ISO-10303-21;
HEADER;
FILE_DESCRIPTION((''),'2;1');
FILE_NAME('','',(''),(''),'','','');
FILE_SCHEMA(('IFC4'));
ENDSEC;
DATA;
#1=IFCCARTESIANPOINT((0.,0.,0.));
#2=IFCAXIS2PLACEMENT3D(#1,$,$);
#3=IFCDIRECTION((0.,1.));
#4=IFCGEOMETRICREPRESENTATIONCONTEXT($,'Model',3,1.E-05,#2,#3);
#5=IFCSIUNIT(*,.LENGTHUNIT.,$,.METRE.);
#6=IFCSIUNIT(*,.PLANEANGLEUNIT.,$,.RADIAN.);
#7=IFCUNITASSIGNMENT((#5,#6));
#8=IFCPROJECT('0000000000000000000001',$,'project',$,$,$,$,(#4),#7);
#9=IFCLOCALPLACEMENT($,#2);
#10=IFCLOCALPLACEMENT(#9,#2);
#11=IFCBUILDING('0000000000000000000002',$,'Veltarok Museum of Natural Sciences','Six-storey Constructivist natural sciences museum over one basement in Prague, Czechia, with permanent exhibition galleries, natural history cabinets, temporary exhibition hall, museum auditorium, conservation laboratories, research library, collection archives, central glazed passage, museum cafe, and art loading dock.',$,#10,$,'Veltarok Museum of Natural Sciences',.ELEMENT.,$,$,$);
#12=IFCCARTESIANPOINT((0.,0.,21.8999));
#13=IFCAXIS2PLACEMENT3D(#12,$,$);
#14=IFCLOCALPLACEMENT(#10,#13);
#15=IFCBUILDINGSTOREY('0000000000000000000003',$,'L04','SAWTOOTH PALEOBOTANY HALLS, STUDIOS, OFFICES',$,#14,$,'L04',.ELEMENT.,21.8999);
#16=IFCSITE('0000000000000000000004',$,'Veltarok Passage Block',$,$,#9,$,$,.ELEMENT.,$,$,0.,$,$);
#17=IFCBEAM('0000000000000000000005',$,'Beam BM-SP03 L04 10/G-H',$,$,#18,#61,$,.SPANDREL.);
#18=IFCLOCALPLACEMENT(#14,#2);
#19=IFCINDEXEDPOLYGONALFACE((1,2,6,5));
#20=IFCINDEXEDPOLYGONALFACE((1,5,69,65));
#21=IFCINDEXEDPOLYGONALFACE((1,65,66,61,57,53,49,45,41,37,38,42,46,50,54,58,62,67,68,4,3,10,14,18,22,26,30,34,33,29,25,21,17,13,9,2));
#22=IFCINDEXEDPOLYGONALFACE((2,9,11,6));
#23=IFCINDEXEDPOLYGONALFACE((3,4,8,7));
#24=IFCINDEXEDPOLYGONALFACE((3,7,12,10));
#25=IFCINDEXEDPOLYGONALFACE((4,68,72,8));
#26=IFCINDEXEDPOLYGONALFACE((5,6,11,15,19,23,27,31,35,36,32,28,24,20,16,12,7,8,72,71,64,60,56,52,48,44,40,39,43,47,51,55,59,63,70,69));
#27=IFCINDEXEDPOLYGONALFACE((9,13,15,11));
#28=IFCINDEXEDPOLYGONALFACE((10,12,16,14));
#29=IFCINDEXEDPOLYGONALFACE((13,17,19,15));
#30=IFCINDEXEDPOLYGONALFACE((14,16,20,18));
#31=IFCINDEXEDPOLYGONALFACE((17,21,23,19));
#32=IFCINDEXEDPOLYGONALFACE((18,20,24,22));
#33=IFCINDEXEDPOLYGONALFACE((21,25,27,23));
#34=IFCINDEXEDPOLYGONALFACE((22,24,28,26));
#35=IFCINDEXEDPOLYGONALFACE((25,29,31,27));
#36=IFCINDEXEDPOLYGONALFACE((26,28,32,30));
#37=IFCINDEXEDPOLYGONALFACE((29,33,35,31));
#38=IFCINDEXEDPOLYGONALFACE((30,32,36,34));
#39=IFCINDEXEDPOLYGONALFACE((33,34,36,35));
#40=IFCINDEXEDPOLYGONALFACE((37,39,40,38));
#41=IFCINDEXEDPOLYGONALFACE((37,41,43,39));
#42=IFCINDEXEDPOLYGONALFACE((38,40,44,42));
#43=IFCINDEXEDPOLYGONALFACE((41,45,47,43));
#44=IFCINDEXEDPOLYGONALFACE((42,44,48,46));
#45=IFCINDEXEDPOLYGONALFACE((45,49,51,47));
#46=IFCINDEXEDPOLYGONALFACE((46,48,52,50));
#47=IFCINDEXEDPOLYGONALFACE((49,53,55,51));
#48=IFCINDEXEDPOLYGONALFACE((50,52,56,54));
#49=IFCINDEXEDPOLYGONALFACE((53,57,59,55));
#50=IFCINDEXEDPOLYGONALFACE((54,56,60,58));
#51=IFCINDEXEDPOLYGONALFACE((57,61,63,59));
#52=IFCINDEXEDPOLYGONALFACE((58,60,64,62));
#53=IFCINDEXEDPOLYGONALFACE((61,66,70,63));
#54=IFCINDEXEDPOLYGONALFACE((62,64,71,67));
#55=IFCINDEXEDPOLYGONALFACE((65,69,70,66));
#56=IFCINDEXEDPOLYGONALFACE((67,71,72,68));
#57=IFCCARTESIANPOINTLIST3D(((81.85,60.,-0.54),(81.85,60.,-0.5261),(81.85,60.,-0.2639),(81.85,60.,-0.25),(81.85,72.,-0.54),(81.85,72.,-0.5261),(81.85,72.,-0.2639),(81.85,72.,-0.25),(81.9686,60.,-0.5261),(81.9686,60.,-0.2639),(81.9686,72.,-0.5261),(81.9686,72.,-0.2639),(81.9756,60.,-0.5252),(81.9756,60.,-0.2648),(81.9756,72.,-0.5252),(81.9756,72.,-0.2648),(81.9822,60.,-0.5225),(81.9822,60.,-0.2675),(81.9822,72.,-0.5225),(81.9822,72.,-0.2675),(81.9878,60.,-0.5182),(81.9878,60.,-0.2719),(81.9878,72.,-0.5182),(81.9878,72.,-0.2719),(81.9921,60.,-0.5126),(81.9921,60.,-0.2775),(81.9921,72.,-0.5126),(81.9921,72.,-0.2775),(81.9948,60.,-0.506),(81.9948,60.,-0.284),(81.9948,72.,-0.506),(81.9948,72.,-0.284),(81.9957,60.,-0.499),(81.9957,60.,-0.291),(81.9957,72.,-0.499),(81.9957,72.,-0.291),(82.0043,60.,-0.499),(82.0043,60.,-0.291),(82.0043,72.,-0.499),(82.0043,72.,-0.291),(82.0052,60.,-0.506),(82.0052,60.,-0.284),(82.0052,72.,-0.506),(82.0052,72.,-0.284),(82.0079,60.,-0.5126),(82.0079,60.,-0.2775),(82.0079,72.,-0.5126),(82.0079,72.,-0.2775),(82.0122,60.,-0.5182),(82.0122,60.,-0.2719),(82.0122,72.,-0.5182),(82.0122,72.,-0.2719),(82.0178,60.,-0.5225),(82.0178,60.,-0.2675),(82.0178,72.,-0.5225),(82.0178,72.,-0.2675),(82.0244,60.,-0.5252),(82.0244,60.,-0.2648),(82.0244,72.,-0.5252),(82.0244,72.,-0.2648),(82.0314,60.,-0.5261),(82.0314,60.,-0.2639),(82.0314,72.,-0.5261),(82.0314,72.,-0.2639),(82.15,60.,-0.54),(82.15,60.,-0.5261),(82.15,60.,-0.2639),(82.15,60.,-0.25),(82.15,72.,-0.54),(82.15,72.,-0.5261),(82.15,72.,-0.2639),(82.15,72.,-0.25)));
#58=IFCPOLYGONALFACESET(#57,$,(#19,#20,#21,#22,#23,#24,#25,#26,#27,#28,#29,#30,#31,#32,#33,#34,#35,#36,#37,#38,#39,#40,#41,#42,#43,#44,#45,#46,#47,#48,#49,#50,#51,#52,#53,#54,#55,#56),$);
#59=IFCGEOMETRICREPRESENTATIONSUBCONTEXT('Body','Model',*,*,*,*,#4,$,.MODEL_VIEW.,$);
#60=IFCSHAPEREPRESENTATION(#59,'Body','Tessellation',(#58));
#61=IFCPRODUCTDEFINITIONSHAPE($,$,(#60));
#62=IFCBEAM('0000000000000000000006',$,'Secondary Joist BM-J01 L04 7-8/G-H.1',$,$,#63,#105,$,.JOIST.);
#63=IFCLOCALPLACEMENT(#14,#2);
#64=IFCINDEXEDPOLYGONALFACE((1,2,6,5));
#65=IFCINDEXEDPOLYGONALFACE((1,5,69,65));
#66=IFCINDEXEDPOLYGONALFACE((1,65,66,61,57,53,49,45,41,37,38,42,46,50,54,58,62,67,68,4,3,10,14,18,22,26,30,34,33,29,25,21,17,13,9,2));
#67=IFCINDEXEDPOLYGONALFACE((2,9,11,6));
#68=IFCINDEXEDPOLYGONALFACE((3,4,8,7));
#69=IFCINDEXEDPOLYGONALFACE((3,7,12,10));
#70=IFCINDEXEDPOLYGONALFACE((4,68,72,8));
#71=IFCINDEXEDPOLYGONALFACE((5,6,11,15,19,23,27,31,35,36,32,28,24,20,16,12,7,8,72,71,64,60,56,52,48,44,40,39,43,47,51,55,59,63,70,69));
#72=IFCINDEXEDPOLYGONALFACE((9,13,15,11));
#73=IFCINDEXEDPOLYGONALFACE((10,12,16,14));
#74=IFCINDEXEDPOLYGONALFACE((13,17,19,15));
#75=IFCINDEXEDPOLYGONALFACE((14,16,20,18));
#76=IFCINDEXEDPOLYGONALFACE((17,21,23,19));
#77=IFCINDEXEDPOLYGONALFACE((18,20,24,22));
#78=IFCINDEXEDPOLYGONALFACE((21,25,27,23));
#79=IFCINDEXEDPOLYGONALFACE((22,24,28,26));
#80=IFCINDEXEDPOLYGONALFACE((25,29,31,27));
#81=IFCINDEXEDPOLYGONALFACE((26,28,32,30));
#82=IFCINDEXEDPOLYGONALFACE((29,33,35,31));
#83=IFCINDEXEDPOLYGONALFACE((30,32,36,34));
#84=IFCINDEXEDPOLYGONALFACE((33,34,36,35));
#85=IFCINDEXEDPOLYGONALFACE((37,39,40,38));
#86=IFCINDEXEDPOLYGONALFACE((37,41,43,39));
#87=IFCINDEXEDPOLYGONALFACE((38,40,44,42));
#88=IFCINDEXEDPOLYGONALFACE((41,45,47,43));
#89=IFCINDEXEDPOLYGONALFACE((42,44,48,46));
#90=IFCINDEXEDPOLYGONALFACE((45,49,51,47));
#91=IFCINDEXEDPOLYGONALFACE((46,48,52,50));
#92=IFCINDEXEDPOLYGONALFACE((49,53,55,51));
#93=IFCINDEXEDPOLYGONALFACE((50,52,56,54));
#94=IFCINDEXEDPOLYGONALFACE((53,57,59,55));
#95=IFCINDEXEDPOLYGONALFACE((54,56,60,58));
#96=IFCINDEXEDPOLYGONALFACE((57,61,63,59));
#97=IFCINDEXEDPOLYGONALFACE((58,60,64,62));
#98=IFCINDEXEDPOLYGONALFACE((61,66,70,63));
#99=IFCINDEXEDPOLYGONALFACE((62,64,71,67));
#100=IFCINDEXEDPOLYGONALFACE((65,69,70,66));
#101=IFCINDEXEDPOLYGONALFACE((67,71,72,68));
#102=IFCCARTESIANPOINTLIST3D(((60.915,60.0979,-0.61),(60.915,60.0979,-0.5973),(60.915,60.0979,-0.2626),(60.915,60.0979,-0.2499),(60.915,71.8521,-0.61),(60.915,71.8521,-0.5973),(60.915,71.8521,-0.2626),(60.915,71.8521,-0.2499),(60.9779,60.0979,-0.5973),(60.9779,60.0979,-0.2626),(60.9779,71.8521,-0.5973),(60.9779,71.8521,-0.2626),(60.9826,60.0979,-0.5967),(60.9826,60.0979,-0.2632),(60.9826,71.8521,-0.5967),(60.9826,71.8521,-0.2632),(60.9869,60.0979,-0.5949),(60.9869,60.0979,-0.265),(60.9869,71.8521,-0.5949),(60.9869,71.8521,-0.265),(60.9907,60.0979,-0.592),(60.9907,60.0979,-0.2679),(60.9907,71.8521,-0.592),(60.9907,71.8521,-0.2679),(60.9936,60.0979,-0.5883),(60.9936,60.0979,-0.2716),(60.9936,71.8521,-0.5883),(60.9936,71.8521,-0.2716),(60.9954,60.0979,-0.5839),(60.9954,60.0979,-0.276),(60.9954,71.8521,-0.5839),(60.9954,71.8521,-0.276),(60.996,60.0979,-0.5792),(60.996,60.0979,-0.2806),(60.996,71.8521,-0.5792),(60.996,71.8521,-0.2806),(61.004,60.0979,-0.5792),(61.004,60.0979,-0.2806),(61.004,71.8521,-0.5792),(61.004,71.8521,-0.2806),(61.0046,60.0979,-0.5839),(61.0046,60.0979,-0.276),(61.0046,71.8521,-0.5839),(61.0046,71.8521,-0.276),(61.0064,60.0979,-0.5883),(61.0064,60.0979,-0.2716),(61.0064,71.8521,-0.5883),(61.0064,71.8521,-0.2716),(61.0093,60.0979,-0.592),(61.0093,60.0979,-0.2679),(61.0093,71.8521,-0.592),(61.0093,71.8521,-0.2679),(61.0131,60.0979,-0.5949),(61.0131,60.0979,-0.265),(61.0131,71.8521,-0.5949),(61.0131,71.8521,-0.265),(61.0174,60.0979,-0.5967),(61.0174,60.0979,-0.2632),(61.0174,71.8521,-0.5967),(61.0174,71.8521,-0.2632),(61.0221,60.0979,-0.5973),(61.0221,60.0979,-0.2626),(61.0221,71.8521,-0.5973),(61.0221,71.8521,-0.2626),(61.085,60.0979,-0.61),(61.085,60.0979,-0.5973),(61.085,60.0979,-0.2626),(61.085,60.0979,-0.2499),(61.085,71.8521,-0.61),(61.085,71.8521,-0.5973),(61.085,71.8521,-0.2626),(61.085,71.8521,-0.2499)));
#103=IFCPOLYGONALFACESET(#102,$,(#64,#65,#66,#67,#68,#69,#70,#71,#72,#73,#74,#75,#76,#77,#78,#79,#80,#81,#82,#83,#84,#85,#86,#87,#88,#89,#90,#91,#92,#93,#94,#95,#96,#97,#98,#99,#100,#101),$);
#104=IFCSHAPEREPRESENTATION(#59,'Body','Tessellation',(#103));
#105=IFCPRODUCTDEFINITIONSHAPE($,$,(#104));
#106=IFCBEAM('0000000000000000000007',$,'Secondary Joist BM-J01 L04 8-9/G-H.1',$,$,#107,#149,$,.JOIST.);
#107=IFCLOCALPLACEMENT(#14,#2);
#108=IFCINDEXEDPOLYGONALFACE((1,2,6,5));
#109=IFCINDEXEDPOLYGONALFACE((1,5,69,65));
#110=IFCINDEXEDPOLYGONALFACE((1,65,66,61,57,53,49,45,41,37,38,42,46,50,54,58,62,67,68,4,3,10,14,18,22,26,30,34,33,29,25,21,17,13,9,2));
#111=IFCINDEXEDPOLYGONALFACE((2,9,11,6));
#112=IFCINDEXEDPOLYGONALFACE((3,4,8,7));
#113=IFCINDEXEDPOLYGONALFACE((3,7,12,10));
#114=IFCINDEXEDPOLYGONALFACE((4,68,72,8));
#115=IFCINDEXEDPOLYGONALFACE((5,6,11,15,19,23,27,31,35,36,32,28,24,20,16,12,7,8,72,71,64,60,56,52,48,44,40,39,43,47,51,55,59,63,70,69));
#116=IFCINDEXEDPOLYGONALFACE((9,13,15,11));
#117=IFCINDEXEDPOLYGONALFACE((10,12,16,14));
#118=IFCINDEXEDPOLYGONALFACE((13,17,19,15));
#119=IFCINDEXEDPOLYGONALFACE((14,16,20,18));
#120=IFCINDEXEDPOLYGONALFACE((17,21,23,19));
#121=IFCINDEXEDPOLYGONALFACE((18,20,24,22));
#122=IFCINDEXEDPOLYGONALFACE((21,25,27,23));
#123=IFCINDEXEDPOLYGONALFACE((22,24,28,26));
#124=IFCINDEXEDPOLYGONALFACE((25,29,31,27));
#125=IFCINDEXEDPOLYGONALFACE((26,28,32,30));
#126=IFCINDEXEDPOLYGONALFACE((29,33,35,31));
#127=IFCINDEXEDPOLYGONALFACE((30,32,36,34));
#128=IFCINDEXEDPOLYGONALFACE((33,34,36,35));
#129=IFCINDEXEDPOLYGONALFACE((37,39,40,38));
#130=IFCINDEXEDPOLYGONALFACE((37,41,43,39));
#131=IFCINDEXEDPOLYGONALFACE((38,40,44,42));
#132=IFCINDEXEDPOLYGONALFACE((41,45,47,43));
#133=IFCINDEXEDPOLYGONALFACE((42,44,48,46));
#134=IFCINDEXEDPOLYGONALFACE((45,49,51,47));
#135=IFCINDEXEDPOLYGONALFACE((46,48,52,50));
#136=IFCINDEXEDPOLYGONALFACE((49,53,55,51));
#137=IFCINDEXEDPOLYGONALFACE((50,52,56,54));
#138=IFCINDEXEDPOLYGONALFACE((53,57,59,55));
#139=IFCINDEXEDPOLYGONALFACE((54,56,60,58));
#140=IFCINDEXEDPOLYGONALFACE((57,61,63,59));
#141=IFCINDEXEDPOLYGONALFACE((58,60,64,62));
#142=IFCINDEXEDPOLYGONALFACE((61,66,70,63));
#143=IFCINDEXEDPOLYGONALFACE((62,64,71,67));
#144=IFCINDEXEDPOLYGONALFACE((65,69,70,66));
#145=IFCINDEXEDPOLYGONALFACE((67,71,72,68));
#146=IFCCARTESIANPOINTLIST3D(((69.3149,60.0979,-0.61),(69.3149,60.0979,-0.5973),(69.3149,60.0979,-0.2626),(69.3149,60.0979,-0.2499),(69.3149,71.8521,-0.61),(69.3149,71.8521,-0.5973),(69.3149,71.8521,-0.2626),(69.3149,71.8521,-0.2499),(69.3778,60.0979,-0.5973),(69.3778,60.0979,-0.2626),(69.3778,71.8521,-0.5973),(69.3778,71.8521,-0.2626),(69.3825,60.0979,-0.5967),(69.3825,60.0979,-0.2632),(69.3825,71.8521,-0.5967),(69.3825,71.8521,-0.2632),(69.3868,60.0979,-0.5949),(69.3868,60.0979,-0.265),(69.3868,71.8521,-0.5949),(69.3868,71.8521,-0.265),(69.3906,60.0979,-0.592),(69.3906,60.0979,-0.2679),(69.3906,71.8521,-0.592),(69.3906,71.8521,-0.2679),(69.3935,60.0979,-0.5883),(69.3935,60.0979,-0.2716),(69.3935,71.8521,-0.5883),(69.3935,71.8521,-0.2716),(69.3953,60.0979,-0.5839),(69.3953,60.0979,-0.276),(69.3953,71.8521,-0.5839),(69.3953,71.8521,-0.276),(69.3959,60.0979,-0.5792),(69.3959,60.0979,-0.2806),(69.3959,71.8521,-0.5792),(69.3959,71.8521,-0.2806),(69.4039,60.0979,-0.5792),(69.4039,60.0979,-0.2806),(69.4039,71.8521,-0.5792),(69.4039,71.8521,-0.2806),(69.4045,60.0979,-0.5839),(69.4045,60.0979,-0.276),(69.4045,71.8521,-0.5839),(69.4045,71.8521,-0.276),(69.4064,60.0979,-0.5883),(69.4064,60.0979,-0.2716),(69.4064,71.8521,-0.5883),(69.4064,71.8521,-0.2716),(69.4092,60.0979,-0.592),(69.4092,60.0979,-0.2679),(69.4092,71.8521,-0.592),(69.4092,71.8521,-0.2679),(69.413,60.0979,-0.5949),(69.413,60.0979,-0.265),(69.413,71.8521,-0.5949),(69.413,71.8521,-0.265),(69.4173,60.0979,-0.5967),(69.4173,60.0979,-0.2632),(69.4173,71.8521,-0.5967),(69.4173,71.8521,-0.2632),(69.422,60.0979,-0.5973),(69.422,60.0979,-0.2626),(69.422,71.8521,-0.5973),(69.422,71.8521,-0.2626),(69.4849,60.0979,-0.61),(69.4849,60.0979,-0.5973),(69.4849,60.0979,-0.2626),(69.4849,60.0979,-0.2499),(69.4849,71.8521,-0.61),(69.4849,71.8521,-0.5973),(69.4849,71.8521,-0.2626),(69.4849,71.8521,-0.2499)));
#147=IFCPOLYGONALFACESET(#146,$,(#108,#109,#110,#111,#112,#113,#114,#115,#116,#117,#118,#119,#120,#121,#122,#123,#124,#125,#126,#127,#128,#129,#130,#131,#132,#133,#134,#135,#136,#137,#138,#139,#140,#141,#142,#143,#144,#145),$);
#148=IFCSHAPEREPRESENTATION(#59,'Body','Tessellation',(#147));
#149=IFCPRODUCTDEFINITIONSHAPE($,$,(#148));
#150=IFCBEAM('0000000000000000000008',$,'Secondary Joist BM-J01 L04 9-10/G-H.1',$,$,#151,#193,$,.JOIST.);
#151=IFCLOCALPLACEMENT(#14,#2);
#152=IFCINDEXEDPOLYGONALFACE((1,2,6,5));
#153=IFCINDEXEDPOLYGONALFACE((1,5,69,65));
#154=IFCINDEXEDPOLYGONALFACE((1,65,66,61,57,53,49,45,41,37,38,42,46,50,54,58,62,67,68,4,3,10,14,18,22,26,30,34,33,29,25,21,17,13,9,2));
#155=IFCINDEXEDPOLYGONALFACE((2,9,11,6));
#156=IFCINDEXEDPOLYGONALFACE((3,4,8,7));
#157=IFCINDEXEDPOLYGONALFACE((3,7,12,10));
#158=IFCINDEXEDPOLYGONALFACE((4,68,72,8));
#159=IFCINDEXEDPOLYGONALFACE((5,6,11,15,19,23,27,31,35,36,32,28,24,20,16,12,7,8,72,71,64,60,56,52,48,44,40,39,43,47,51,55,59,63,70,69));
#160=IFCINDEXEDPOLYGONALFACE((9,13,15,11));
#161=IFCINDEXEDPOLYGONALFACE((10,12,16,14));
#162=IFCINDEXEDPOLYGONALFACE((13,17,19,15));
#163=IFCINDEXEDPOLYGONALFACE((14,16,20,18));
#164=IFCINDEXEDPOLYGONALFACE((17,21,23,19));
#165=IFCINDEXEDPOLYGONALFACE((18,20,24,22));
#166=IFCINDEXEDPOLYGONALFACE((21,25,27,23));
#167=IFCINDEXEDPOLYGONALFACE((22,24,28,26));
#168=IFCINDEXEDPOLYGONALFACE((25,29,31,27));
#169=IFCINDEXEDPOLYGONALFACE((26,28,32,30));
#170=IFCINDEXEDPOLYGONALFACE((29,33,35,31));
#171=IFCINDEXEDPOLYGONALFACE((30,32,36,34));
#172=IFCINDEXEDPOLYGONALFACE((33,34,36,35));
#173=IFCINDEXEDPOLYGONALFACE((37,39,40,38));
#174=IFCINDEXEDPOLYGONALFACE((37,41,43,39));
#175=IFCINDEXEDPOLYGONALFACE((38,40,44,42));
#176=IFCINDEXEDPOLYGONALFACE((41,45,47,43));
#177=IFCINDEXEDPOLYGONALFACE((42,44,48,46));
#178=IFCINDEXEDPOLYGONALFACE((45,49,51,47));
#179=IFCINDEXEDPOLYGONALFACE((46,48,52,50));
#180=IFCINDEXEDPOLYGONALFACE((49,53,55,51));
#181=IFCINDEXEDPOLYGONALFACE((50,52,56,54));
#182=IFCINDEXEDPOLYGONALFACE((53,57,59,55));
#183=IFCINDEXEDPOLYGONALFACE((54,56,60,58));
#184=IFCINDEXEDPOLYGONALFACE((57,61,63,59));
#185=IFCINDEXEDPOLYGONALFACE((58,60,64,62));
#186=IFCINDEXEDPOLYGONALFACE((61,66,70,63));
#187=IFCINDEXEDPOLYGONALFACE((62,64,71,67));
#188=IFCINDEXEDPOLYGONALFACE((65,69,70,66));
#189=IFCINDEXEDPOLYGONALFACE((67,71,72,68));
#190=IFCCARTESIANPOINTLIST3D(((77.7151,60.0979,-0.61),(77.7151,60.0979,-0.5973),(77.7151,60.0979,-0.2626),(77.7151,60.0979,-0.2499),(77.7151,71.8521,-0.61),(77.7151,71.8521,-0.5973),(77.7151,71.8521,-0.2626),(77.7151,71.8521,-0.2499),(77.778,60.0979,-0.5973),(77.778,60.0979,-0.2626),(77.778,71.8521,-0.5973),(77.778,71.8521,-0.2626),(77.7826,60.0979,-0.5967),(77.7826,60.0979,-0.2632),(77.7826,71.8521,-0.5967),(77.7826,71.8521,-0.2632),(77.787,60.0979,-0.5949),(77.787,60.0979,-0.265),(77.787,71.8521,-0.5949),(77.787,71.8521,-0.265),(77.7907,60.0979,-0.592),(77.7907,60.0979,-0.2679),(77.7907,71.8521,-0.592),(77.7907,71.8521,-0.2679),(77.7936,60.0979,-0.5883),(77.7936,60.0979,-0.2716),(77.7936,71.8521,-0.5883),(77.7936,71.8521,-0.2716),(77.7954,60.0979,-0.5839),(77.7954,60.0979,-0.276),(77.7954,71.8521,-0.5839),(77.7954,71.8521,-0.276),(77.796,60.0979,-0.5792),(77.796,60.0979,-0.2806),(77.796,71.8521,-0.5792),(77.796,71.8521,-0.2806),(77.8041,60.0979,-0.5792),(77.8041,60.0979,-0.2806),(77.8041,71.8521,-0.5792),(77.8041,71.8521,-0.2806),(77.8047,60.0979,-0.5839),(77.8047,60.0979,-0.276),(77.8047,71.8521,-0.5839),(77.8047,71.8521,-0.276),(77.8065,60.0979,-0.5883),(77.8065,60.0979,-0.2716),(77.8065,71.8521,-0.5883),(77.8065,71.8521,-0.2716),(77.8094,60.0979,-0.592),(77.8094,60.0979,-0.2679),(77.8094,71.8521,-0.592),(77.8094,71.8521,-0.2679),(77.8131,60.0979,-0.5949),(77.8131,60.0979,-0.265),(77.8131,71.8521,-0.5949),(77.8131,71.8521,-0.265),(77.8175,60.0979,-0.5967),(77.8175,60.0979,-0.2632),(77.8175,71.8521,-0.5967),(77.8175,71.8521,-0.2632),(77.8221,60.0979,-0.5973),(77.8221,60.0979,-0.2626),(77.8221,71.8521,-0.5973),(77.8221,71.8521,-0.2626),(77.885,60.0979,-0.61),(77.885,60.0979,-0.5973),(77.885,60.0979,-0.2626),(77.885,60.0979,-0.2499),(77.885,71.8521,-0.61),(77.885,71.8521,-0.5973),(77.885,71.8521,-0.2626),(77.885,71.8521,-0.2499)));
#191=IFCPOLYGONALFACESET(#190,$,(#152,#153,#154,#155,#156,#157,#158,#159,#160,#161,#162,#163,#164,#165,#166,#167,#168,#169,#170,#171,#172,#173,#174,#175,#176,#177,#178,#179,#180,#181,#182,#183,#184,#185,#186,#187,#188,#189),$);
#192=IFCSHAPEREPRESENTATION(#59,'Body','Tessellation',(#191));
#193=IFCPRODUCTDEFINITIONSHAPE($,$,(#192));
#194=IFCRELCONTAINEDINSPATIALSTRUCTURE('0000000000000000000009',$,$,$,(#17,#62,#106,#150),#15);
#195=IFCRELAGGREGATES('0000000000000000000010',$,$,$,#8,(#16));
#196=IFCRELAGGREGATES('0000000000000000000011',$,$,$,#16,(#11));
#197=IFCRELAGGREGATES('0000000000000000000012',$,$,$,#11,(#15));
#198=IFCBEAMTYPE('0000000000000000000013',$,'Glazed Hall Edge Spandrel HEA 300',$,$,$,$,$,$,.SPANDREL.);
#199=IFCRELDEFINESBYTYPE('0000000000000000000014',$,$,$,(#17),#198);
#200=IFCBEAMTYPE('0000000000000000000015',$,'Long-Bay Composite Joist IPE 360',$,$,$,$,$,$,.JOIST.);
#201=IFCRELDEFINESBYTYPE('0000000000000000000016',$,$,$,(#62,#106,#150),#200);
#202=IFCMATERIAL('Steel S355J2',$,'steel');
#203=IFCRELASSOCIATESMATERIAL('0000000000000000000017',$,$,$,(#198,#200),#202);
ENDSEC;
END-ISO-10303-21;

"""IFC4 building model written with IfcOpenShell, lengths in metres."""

from ifc_helpers import new_model, si_unit, direction, frame, origin, origin_2d, place, context, subcontext, project, spatial, i_section, extrude, material, material_profile, profile_set, type_object, element, save


model = new_model("IFC4")

# Units and contexts
model_context = context("Model", 3, precision=1e-05, world=origin(), true_north=direction((0.0, 1.0)))
body_context = subcontext(model_context, "Body", "Model", "MODEL_VIEW")
ifc_project = project(units=[si_unit("LENGTHUNIT", "METRE"), si_unit("PLANEANGLEUNIT", "RADIAN")], contexts=[model_context])

# Site, building, storey
site_placement = place(None, origin())
site = spatial("IfcSite", under=ifc_project, at=site_placement, Name="Veltarok Passage Block", CompositionType="ELEMENT", RefElevation=0.0)
building_placement = place(site_placement, origin())
building = spatial("IfcBuilding", under=site, at=building_placement, Name="Veltarok Museum of Natural Sciences", Description="Six-storey Constructivist natural sciences museum over one basement in Prague, Czechia, with permanent exhibition galleries, natural history cabinets, temporary exhibition hall, museum auditorium, conservation laboratories, research library, collection archives, central glazed passage, museum cafe, and art loading dock.", LongName="Veltarok Museum of Natural Sciences", CompositionType="ELEMENT")
storey_placement = place(building_placement, frame((0.0, 0.0, 21.8999)))
storey = spatial("IfcBuildingStorey", under=building, at=storey_placement, Name="L04", Description="SAWTOOTH PALEOBOTANY HALLS, STUDIOS, OFFICES", LongName="L04", CompositionType="ELEMENT", Elevation=21.8999)

# Shared definitions
ifc_material_1 = material(Name="Steel S355J2", Category="steel")

# Beams
ifc_material_profile_1 = material_profile(ifc_material_1, i_section(OverallWidth=0.3, OverallDepth=0.29, WebThickness=0.0085, FlangeThickness=0.0139, FilletRadius=0.0271, at=origin_2d()), Name="HEA 300")
ifc_profile_set_1 = profile_set([ifc_material_profile_1], Name="Steel S355J2")
beam_type_1 = type_object("IfcBeamType", Name="Glazed Hall Edge Spandrel HEA 300", PredefinedType="SPANDREL", material=ifc_profile_set_1)
for number, where, z_axis, x_axis, name in (
    (1, (82.0, 60.0, -0.395), (0.0, 1.0, 0.0), (-1.0, 0.0, 0.0), "Beam BM-SP03 L04 10/G-H"),
):
    element("IfcBeam", number, at=place(storey_placement, frame(where, z_axis=z_axis, x_axis=x_axis)), inside=storey, type_object=beam_type_1, Name=name, PredefinedType="SPANDREL", context=body_context, shape_type="SweptSolid", body=[
        extrude(i_section(OverallWidth=0.3, OverallDepth=0.29, WebThickness=0.0085, FlangeThickness=0.0139, FilletRadius=0.0271, at=origin_2d()), origin(), (0.0, 0.0, 1.0), 12.0),
    ])
ifc_material_profile_2 = material_profile(ifc_material_1, i_section(OverallWidth=0.1699, OverallDepth=0.3601, WebThickness=0.0081, FlangeThickness=0.0127, FilletRadius=0.0181, at=origin_2d()), Name="IPE 360")
ifc_profile_set_2 = profile_set([ifc_material_profile_2], Name="Steel S355J2")
beam_type_2 = type_object("IfcBeamType", Name="Long-Bay Composite Joist IPE 360", PredefinedType="JOIST", material=ifc_profile_set_2)
for number, where, z_axis, x_axis, name in (
    (2, (61.0, 60.0979, -0.4299), (0.0, 1.0, 0.0), (-1.0, 0.0, 0.0), "Secondary Joist BM-J01 L04 7-8/G-H.1"),
    (3, (69.3999, 60.0979, -0.4299), (0.0, 1.0, 0.0), (-1.0, 0.0, 0.0), "Secondary Joist BM-J01 L04 8-9/G-H.1"),
    (4, (77.8, 60.0979, -0.4299), (0.0, 1.0, 0.0), (-1.0, 0.0, 0.0), "Secondary Joist BM-J01 L04 9-10/G-H.1"),
):
    element("IfcBeam", number, at=place(storey_placement, frame(where, z_axis=z_axis, x_axis=x_axis)), inside=storey, type_object=beam_type_2, Name=name, PredefinedType="JOIST", context=body_context, shape_type="SweptSolid", body=[
        extrude(i_section(OverallWidth=0.1699, OverallDepth=0.3601, WebThickness=0.0081, FlangeThickness=0.0127, FilletRadius=0.0181, at=origin_2d()), origin(), (0.0, 0.0, 1.0), 11.7542),
    ])

save(model, "model.ifc")
